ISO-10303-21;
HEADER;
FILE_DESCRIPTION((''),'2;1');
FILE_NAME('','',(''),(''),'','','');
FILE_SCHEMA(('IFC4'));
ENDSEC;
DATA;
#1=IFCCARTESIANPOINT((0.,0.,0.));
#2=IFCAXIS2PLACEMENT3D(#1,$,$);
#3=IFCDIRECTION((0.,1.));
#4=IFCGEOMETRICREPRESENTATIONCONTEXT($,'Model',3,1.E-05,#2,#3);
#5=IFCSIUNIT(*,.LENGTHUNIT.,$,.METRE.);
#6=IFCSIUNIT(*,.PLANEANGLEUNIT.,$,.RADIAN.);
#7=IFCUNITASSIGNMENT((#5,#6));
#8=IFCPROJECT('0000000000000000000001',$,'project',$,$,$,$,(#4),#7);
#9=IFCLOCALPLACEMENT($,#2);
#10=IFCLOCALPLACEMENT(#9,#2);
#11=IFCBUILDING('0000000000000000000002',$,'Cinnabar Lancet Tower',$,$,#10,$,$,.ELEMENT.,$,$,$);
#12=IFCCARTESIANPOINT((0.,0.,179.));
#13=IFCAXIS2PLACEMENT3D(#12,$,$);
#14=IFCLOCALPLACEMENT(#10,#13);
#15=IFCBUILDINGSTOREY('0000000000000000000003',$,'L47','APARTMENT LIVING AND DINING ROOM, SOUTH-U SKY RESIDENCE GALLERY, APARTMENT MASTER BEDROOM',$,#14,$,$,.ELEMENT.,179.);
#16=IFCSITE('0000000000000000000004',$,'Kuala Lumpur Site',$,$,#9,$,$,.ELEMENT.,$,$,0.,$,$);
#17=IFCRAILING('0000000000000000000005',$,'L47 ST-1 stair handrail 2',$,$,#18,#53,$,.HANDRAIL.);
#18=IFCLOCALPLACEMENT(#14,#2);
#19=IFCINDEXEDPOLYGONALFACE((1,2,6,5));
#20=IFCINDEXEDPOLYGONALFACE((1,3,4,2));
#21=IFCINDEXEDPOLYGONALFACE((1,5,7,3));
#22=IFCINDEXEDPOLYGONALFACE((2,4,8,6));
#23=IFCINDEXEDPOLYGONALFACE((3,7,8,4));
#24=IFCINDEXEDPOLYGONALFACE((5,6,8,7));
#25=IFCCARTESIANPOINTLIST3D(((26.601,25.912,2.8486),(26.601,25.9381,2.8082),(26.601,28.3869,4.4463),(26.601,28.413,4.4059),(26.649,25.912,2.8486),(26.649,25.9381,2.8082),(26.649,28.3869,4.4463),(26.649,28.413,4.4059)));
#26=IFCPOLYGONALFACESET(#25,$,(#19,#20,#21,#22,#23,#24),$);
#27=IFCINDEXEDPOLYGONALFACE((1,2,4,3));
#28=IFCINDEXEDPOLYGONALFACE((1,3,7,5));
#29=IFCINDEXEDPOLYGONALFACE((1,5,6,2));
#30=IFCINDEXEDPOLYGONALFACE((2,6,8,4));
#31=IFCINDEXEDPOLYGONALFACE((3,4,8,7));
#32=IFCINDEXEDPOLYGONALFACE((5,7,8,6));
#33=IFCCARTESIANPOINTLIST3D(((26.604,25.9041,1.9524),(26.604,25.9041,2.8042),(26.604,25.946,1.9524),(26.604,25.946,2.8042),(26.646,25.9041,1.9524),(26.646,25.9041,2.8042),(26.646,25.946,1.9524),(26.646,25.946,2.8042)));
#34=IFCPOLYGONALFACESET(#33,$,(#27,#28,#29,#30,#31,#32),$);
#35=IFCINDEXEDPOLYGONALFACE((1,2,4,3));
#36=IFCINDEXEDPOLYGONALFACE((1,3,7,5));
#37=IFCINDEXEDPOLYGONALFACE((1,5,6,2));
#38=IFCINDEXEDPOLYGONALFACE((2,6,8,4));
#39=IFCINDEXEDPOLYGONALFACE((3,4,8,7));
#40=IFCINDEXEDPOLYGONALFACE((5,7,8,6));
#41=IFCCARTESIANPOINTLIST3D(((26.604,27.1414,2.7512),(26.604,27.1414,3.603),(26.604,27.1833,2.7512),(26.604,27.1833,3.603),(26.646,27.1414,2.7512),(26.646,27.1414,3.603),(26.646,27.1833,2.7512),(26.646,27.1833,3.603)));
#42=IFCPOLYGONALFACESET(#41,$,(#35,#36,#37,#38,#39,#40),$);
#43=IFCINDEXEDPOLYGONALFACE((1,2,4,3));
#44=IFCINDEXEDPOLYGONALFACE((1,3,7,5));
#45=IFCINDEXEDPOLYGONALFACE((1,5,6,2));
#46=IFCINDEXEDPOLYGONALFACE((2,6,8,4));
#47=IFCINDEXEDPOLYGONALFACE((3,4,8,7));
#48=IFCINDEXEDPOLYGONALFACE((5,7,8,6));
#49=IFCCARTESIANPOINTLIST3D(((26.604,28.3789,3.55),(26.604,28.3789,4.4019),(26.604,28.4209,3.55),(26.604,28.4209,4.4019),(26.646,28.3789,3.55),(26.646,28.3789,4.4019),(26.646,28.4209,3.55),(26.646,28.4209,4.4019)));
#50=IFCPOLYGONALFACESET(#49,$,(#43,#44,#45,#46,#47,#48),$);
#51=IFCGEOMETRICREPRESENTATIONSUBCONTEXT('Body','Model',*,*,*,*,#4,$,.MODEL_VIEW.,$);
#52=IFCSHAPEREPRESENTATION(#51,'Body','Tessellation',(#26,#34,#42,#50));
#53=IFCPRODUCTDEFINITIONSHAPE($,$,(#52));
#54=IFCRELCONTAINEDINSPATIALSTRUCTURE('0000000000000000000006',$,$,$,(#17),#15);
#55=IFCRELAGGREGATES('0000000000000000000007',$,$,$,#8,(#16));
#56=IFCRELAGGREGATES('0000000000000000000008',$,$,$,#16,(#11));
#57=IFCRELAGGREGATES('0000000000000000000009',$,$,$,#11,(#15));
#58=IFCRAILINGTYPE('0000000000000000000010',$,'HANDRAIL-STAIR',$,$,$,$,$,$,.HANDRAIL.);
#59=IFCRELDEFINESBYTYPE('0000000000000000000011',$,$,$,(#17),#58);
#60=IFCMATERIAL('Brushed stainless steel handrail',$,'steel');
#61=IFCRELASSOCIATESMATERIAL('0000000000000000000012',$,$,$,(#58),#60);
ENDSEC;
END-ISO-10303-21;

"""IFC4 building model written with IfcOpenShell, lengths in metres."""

from ifc_helpers import new_model, si_unit, direction, frame, origin, origin_2d, place, context, subcontext, project, spatial, rectangle, extrude, material, type_object, element, save


model = new_model("IFC4")

# Units and contexts
model_context = context("Model", 3, precision=1e-05, world=origin(), true_north=direction((0.0, 1.0)))
body_context = subcontext(model_context, "Body", "Model", "MODEL_VIEW")
ifc_project = project(units=[si_unit("LENGTHUNIT", "METRE"), si_unit("PLANEANGLEUNIT", "RADIAN")], contexts=[model_context])

# Site, building, storey
site_placement = place(None, origin())
site = spatial("IfcSite", under=ifc_project, at=site_placement, Name="Kuala Lumpur Site", CompositionType="ELEMENT", RefElevation=0.0)
building_placement = place(site_placement, origin())
building = spatial("IfcBuilding", under=site, at=building_placement, Name="Cinnabar Lancet Tower", CompositionType="ELEMENT")
storey_placement = place(building_placement, frame((0.0, 0.0, 179.0)))
storey = spatial("IfcBuildingStorey", under=building, at=storey_placement, Name="L47", Description="APARTMENT LIVING AND DINING ROOM, SOUTH-U SKY RESIDENCE GALLERY, APARTMENT MASTER BEDROOM", CompositionType="ELEMENT", Elevation=179.0)

# Railing
ifc_material_1 = material(Name="Brushed stainless steel handrail", Category="steel")
railing_type_1 = type_object("IfcRailingType", Name="HANDRAIL-STAIR", PredefinedType="HANDRAIL", material=ifc_material_1)
railing_1_placement = place(storey_placement, frame((26.625, 25.925, 1.9524)))
element("IfcRailing", 1, at=railing_1_placement, inside=storey, type_object=railing_type_1, Name="L47 ST-1 stair handrail 2", PredefinedType="HANDRAIL", context=body_context, shape_type="SweptSolid", body=[
    extrude(rectangle(XDim=0.0481, YDim=0.0481, at=origin_2d()), frame((0.0, 0.0, 0.876), z_axis=(0.0, 0.840146, 0.542361), x_axis=(-1.0, 0.0, 0.0)), (0.0, 0.0, 1.0), 2.9458),
    extrude(rectangle(XDim=0.042, YDim=0.042, at=origin_2d()), origin(), (0.0, 0.0, 1.0), 0.8518),
    extrude(rectangle(XDim=0.042, YDim=0.042, at=origin_2d()), frame((0.0, 1.2373, 0.7988)), (0.0, 0.0, 1.0), 0.8518),
    extrude(rectangle(XDim=0.042, YDim=0.042, at=origin_2d()), frame((0.0, 2.4749, 1.5977)), (0.0, 0.0, 1.0), 0.8518),
])

save(model, "model.ifc")
